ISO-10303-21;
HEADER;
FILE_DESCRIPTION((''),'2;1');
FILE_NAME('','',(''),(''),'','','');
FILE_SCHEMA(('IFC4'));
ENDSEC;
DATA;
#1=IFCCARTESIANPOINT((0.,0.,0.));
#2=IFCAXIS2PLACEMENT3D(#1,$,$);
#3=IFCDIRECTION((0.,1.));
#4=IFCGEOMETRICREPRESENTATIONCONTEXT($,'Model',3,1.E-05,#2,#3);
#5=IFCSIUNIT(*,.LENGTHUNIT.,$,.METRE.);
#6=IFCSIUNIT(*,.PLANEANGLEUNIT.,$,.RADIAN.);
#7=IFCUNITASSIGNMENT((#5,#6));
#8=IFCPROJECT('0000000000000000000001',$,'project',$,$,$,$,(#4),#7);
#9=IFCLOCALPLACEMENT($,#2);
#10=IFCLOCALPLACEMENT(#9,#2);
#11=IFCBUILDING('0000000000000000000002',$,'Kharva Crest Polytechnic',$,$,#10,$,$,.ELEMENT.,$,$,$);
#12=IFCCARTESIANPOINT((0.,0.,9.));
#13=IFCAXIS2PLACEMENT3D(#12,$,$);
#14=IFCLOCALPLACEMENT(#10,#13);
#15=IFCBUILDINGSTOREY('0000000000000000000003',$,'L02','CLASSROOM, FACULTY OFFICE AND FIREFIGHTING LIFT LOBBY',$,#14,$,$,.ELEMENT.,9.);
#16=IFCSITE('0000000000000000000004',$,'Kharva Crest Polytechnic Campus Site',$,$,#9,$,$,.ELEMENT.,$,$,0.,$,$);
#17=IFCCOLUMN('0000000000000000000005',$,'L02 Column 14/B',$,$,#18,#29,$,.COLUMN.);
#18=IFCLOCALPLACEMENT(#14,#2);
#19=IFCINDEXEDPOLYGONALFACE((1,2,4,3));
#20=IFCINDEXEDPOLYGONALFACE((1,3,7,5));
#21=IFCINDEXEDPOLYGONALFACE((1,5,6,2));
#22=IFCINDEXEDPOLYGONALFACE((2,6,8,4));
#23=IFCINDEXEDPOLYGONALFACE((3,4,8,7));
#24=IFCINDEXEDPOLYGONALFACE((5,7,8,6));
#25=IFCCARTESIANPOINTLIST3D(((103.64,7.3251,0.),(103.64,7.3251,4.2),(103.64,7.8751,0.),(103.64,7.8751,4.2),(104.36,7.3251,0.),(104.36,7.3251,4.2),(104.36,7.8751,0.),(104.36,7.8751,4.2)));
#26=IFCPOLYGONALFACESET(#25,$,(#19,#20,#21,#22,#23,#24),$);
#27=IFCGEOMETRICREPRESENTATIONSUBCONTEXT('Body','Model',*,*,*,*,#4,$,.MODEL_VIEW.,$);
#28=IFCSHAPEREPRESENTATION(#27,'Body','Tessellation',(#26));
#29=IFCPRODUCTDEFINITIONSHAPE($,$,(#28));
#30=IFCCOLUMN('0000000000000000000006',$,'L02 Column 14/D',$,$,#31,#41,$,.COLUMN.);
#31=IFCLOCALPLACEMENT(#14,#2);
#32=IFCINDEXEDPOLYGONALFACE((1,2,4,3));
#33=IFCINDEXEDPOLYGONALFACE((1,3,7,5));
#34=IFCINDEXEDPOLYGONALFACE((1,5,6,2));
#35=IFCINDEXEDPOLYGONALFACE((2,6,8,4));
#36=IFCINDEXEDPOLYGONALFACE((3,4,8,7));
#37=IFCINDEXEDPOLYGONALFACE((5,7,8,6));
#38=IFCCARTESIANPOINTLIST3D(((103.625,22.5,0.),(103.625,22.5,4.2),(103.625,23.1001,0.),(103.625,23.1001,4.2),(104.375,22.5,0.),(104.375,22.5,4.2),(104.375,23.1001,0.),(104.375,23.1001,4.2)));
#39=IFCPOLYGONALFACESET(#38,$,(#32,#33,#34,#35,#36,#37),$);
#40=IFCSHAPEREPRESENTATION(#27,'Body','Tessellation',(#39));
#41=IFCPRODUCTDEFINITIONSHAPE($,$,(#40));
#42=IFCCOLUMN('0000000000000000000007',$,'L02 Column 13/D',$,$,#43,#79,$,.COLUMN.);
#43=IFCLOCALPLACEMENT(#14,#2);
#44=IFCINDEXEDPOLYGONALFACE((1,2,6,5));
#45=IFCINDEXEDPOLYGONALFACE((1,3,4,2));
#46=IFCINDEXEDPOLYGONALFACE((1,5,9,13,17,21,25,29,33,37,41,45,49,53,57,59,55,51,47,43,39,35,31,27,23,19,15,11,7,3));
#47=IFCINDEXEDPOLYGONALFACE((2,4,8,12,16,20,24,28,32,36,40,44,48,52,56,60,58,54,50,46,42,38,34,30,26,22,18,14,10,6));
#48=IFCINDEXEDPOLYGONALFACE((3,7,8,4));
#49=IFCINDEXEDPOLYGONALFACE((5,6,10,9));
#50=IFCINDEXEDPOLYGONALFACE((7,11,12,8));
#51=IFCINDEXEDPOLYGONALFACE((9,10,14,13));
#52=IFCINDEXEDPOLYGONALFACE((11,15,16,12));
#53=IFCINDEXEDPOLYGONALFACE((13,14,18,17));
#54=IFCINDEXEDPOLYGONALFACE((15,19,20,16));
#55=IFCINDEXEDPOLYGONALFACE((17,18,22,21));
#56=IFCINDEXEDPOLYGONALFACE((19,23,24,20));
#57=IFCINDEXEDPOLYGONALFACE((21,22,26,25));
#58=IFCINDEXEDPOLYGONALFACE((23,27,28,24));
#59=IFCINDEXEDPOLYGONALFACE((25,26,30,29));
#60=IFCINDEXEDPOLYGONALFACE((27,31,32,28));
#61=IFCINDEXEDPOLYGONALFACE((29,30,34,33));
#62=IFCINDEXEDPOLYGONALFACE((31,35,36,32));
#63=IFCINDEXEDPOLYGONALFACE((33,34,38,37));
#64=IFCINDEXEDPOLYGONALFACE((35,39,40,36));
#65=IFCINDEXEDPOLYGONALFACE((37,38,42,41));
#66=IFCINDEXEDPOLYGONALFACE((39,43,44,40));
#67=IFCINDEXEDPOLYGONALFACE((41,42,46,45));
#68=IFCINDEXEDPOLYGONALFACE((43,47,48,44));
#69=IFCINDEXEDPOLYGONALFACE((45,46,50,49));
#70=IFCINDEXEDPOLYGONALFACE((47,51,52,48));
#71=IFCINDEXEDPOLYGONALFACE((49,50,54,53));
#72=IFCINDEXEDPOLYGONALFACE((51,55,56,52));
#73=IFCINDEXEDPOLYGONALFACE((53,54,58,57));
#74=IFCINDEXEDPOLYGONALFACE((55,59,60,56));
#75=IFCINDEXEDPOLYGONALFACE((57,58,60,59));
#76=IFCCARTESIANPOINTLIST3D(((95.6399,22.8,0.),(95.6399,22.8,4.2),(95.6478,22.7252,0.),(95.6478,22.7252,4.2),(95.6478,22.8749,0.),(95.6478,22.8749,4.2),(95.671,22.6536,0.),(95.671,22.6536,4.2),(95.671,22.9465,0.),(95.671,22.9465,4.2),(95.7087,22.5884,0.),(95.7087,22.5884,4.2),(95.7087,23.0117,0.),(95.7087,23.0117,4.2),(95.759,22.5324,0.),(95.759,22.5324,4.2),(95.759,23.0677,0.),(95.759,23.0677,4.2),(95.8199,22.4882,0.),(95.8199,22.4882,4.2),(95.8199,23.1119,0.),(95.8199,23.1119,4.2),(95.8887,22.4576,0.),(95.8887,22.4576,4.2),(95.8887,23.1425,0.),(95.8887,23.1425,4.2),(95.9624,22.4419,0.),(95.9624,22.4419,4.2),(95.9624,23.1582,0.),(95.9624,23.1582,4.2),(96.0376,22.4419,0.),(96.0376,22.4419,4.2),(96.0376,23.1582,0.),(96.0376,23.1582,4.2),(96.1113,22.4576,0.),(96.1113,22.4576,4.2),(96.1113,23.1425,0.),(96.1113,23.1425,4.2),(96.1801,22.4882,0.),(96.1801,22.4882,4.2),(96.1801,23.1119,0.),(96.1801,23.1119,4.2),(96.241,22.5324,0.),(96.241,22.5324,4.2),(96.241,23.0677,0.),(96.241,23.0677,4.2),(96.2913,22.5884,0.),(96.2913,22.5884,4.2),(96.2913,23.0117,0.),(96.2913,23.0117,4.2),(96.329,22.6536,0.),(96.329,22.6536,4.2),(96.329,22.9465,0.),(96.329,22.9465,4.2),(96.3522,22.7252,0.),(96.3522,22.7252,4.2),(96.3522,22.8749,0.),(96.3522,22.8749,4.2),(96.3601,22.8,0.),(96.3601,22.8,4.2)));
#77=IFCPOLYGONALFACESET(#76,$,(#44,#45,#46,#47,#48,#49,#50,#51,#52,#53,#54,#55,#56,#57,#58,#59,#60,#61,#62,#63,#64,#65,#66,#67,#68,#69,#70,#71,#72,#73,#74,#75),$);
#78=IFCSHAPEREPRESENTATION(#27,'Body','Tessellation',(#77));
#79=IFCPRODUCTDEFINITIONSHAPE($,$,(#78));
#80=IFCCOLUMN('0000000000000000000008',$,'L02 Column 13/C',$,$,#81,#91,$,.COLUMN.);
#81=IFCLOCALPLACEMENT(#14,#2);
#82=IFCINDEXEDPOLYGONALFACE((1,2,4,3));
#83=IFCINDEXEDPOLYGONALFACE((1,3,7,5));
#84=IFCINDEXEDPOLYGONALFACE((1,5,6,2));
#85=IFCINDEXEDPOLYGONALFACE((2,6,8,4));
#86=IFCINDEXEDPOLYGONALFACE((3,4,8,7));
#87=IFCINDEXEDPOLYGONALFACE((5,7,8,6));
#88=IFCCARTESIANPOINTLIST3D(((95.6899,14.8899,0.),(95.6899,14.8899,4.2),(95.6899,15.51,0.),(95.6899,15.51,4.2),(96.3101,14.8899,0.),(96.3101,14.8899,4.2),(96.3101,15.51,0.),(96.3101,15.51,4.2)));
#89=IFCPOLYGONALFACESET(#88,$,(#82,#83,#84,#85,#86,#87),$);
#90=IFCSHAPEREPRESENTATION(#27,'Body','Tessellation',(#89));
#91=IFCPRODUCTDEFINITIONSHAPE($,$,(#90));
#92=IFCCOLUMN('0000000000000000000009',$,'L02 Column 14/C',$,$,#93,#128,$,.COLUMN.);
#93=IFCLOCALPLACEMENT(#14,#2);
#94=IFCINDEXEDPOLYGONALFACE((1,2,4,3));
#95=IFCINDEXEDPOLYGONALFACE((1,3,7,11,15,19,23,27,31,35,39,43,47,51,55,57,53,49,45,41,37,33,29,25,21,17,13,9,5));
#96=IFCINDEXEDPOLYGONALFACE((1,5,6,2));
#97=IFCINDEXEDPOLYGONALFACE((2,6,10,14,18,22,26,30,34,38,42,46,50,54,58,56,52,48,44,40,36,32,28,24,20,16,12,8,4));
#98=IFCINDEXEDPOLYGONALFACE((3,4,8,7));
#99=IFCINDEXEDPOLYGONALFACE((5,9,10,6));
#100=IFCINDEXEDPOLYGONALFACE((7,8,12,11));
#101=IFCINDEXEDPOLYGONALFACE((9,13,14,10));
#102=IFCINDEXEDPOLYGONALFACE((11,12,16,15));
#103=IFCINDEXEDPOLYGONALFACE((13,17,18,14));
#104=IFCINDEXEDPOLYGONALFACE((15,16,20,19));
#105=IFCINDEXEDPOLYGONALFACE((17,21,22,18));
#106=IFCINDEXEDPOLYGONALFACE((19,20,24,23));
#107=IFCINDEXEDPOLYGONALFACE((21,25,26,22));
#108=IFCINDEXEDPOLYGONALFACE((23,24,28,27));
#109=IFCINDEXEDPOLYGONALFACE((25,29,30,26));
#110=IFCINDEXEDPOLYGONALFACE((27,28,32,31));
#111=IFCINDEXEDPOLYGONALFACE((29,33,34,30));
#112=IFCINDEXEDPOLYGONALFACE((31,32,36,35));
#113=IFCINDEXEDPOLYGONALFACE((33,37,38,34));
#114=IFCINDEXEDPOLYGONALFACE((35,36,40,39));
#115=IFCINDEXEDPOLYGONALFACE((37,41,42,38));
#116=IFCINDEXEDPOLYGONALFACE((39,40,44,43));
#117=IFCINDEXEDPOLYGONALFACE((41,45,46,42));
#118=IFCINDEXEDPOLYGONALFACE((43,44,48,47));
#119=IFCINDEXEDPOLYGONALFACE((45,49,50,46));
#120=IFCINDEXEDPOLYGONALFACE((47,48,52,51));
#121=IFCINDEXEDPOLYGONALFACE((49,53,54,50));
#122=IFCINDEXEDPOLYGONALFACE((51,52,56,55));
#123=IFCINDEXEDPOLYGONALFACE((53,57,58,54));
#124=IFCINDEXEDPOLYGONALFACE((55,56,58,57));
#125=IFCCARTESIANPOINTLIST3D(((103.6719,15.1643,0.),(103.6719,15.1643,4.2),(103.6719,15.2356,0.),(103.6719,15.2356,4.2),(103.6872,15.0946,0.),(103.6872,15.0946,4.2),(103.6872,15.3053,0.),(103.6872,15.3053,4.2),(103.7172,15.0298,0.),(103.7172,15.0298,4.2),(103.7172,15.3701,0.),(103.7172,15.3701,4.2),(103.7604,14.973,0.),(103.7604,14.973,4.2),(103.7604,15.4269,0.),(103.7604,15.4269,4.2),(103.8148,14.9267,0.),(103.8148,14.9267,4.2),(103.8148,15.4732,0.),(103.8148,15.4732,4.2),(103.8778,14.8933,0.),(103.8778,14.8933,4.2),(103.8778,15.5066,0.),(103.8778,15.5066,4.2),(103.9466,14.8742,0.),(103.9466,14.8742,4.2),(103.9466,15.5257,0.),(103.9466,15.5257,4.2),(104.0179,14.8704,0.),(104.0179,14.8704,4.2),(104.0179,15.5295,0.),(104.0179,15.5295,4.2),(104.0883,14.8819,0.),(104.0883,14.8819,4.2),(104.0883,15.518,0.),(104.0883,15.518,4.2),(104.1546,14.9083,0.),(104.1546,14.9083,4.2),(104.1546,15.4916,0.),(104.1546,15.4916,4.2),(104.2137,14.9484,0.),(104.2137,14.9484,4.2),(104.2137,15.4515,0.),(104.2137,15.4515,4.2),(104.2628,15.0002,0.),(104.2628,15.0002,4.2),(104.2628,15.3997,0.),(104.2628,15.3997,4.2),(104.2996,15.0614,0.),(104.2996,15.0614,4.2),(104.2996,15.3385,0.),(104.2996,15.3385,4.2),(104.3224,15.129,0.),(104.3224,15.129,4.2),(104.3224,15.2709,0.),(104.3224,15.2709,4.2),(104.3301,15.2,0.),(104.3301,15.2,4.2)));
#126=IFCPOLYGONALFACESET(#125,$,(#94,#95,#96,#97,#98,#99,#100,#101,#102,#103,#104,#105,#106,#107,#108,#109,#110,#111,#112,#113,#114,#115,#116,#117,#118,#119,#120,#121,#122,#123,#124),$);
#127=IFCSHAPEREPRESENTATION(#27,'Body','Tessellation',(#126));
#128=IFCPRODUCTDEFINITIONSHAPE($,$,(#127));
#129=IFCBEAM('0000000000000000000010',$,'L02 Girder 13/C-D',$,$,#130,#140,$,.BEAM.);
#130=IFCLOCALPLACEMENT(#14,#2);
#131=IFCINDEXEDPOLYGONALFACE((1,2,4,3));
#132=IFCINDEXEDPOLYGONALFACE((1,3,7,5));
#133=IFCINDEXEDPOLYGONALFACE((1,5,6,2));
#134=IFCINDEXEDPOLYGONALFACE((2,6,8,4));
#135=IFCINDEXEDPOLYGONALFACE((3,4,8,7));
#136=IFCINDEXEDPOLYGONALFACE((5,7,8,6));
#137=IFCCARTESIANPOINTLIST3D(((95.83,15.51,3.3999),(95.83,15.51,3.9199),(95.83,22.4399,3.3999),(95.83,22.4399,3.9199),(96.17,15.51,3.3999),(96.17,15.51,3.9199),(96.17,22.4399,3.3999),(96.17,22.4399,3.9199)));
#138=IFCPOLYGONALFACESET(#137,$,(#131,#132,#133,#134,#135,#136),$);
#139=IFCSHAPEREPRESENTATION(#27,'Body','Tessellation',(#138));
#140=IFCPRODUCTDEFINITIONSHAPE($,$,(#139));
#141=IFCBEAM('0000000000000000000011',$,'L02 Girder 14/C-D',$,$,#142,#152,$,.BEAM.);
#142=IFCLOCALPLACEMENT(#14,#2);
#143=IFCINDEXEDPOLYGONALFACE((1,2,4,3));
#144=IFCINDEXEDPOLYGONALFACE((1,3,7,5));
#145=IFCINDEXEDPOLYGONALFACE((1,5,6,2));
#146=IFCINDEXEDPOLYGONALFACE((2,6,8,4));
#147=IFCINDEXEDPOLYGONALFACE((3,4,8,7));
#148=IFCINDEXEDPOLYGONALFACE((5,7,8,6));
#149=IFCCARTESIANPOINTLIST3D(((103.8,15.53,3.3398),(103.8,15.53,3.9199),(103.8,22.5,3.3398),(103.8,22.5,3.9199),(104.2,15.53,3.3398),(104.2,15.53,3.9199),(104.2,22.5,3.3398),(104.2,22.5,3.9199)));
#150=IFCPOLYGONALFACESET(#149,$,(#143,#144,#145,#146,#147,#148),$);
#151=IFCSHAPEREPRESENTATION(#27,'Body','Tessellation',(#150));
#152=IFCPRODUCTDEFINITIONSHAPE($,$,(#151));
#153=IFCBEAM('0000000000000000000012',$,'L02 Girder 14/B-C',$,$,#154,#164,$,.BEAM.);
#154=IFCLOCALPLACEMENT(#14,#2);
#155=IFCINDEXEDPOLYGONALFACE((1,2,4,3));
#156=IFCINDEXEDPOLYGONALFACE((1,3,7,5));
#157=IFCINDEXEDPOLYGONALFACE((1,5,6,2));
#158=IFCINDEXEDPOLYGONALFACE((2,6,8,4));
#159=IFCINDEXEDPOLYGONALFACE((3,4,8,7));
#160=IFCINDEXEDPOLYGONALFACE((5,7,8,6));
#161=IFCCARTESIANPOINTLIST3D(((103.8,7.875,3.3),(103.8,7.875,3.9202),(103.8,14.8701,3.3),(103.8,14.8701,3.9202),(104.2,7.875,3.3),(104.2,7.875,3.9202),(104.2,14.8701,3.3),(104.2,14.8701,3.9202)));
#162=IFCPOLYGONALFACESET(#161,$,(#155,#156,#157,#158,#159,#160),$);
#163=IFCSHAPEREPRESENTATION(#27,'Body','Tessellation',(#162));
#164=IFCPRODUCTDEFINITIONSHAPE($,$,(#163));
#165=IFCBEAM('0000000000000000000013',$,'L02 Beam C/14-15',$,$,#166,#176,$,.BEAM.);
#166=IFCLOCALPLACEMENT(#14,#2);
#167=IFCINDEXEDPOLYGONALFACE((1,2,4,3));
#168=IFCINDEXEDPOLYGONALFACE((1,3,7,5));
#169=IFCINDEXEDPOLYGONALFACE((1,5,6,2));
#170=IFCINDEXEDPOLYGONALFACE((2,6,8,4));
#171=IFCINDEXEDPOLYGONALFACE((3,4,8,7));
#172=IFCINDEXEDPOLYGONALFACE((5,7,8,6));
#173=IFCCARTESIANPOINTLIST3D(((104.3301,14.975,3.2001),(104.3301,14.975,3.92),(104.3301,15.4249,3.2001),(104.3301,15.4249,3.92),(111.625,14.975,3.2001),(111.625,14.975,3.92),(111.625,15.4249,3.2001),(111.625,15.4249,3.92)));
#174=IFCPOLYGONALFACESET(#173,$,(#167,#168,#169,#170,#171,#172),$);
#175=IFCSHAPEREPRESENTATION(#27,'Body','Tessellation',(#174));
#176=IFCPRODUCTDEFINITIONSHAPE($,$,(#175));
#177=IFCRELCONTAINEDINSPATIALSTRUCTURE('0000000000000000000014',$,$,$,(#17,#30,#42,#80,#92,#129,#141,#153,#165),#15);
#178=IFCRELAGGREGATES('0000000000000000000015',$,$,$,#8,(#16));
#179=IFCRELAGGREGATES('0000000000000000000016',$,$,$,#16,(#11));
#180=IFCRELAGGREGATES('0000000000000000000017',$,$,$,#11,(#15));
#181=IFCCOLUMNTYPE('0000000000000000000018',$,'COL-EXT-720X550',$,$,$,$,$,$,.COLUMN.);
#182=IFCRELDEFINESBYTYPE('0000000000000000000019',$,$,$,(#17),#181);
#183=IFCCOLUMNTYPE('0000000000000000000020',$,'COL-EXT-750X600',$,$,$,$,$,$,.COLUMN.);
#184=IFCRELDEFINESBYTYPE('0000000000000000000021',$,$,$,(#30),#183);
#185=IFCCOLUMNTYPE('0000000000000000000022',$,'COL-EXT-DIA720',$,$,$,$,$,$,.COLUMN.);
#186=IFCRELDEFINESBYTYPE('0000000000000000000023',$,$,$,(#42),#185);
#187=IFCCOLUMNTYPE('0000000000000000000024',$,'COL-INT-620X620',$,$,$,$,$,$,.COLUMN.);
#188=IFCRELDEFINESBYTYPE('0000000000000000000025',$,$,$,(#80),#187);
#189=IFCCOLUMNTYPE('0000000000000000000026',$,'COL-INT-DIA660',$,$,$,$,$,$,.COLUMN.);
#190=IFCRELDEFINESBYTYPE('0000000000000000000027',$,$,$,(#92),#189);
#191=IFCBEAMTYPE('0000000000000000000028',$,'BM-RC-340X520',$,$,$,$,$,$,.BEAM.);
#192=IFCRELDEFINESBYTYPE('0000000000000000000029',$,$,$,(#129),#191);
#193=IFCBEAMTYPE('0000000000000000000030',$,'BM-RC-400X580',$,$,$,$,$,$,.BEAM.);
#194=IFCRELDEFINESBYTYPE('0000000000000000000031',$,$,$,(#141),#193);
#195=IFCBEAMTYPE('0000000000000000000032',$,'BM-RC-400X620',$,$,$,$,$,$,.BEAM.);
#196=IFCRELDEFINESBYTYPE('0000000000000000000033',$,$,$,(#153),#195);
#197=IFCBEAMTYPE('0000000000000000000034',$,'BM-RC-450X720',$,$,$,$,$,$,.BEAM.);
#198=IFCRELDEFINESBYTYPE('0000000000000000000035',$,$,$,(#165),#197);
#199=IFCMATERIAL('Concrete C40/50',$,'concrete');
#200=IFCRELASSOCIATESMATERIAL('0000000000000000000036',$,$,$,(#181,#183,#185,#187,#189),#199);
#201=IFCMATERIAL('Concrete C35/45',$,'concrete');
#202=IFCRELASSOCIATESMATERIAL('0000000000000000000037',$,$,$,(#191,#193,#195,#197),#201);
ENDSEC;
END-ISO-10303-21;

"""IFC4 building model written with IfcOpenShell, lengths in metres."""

from ifc_helpers import new_model, si_unit, direction, frame, origin, origin_2d, place, context, subcontext, project, spatial, rectangle, circle, extrude, material, material_profile, profile_set, type_object, element, save


model = new_model("IFC4")

# Units and contexts
model_context = context("Model", 3, precision=1e-05, world=origin(), true_north=direction((0.0, 1.0)))
body_context = subcontext(model_context, "Body", "Model", "MODEL_VIEW")
ifc_project = project(units=[si_unit("LENGTHUNIT", "METRE"), si_unit("PLANEANGLEUNIT", "RADIAN")], contexts=[model_context])

# Site, building, storey
site_placement = place(None, origin())
site = spatial("IfcSite", under=ifc_project, at=site_placement, Name="Kharva Crest Polytechnic Campus Site", CompositionType="ELEMENT", RefElevation=0.0)
building_placement = place(site_placement, origin())
building = spatial("IfcBuilding", under=site, at=building_placement, Name="Kharva Crest Polytechnic", CompositionType="ELEMENT")
storey_placement = place(building_placement, frame((0.0, 0.0, 9.0)))
storey = spatial("IfcBuildingStorey", under=building, at=storey_placement, Name="L02", Description="CLASSROOM, FACULTY OFFICE AND FIREFIGHTING LIFT LOBBY", CompositionType="ELEMENT", Elevation=9.0)

# Columns
ifc_material_1 = material(Name="Concrete C40/50", Category="concrete")
ifc_material_profile_1 = material_profile(ifc_material_1, rectangle(XDim=0.72, YDim=0.55, at=origin_2d()), Name="RECT 720 X 550")
ifc_profile_set_1 = profile_set([ifc_material_profile_1], Name="Concrete C40/50")
column_type_1 = type_object("IfcColumnType", Name="COL-EXT-720X550", PredefinedType="COLUMN", material=ifc_profile_set_1)
column_1_placement = place(storey_placement, frame((104.0, 7.6001, 0.0), z_axis=(0.0, 0.0, 1.0), x_axis=(1.0, 0.0, 0.0)))
element("IfcColumn", 1, at=column_1_placement, inside=storey, type_object=column_type_1, Name="L02 Column 14/B", PredefinedType="COLUMN", context=body_context, shape_type="SweptSolid", body=[
    extrude(rectangle(XDim=0.72, YDim=0.55, at=origin_2d()), origin(), (0.0, 0.0, 1.0), 4.2),
])
ifc_material_profile_2 = material_profile(ifc_material_1, rectangle(XDim=0.75, YDim=0.6001, at=origin_2d()), Name="RECT 750 X 600")
ifc_profile_set_2 = profile_set([ifc_material_profile_2], Name="Concrete C40/50")
column_type_2 = type_object("IfcColumnType", Name="COL-EXT-750X600", PredefinedType="COLUMN", material=ifc_profile_set_2)
column_2_placement = place(storey_placement, frame((104.0, 22.8, 0.0), z_axis=(0.0, 0.0, 1.0), x_axis=(1.0, 0.0, 0.0)))
element("IfcColumn", 2, at=column_2_placement, inside=storey, type_object=column_type_2, Name="L02 Column 14/D", PredefinedType="COLUMN", context=body_context, shape_type="SweptSolid", body=[
    extrude(rectangle(XDim=0.75, YDim=0.6001, at=origin_2d()), origin(), (0.0, 0.0, 1.0), 4.2),
])
ifc_material_profile_3 = material_profile(ifc_material_1, circle(Radius=0.3601, at=origin_2d()), Name="DIA 720")
ifc_profile_set_3 = profile_set([ifc_material_profile_3], Name="Concrete C40/50")
column_type_3 = type_object("IfcColumnType", Name="COL-EXT-DIA720", PredefinedType="COLUMN", material=ifc_profile_set_3)
column_3_placement = place(storey_placement, frame((96.0, 22.8, 0.0), z_axis=(0.0, 0.0, 1.0), x_axis=(1.0, 0.0, 0.0)))
element("IfcColumn", 3, at=column_3_placement, inside=storey, type_object=column_type_3, Name="L02 Column 13/D", PredefinedType="COLUMN", context=body_context, shape_type="SweptSolid", body=[
    extrude(circle(Radius=0.3601, at=origin_2d()), origin(), (0.0, 0.0, 1.0), 4.2),
])
ifc_material_profile_4 = material_profile(ifc_material_1, rectangle(XDim=0.6201, YDim=0.6201, at=origin_2d()), Name="RECT 620 X 620")
ifc_profile_set_4 = profile_set([ifc_material_profile_4], Name="Concrete C40/50")
column_type_4 = type_object("IfcColumnType", Name="COL-INT-620X620", PredefinedType="COLUMN", material=ifc_profile_set_4)
column_4_placement = place(storey_placement, frame((96.0, 15.2, 0.0), z_axis=(0.0, 0.0, 1.0), x_axis=(1.0, 0.0, 0.0)))
element("IfcColumn", 4, at=column_4_placement, inside=storey, type_object=column_type_4, Name="L02 Column 13/C", PredefinedType="COLUMN", context=body_context, shape_type="SweptSolid", body=[
    extrude(rectangle(XDim=0.6201, YDim=0.6201, at=origin_2d()), origin(), (0.0, 0.0, 1.0), 4.2),
])
ifc_material_profile_5 = material_profile(ifc_material_1, circle(Radius=0.3301, at=origin_2d()), Name="DIA 660")
ifc_profile_set_5 = profile_set([ifc_material_profile_5], Name="Concrete C40/50")
column_type_5 = type_object("IfcColumnType", Name="COL-INT-DIA660", PredefinedType="COLUMN", material=ifc_profile_set_5)
column_5_placement = place(storey_placement, frame((104.0, 15.2, 0.0), z_axis=(0.0, 0.0, 1.0), x_axis=(1.0, 0.0, 0.0)))
element("IfcColumn", 5, at=column_5_placement, inside=storey, type_object=column_type_5, Name="L02 Column 14/C", PredefinedType="COLUMN", context=body_context, shape_type="SweptSolid", body=[
    extrude(circle(Radius=0.3301, at=origin_2d()), origin(), (0.0, 0.0, 1.0), 4.2),
])

# Beams
ifc_material_2 = material(Name="Concrete C35/45", Category="concrete")
ifc_material_profile_6 = material_profile(ifc_material_2, rectangle(XDim=0.3401, YDim=0.52, at=origin_2d()), Name="RECT 340 X 520")
ifc_profile_set_6 = profile_set([ifc_material_profile_6], Name="Concrete C35/45")
beam_type_1 = type_object("IfcBeamType", Name="BM-RC-340X520", PredefinedType="BEAM", material=ifc_profile_set_6)
beam_1_placement = place(storey_placement, frame((96.0, 15.51, 3.6599), z_axis=(0.0, 1.0, 0.0), x_axis=(-1.0, 0.0, 0.0)))
element("IfcBeam", 6, at=beam_1_placement, inside=storey, type_object=beam_type_1, Name="L02 Girder 13/C-D", PredefinedType="BEAM", context=body_context, shape_type="SweptSolid", body=[
    extrude(rectangle(XDim=0.3401, YDim=0.52, at=origin_2d()), origin(), (0.0, 0.0, 1.0), 6.9299),
])
ifc_material_profile_7 = material_profile(ifc_material_2, rectangle(XDim=0.3999, YDim=0.5801, at=origin_2d()), Name="RECT 400 X 580")
ifc_profile_set_7 = profile_set([ifc_material_profile_7], Name="Concrete C35/45")
beam_type_2 = type_object("IfcBeamType", Name="BM-RC-400X580", PredefinedType="BEAM", material=ifc_profile_set_7)
beam_2_placement = place(storey_placement, frame((104.0, 15.53, 3.6299), z_axis=(0.0, 1.0, 0.0), x_axis=(-1.0, 0.0, 0.0)))
element("IfcBeam", 7, at=beam_2_placement, inside=storey, type_object=beam_type_2, Name="L02 Girder 14/C-D", PredefinedType="BEAM", context=body_context, shape_type="SweptSolid", body=[
    extrude(rectangle(XDim=0.3999, YDim=0.5801, at=origin_2d()), origin(), (0.0, 0.0, 1.0), 6.97),
])
ifc_material_profile_8 = material_profile(ifc_material_2, rectangle(XDim=0.3999, YDim=0.6201, at=origin_2d()), Name="RECT 400 X 620")
ifc_profile_set_8 = profile_set([ifc_material_profile_8], Name="Concrete C35/45")
beam_type_3 = type_object("IfcBeamType", Name="BM-RC-400X620", PredefinedType="BEAM", material=ifc_profile_set_8)
beam_3_placement = place(storey_placement, frame((104.0, 7.875, 3.6101), z_axis=(0.0, 1.0, 0.0), x_axis=(-1.0, 0.0, 0.0)))
element("IfcBeam", 8, at=beam_3_placement, inside=storey, type_object=beam_type_3, Name="L02 Girder 14/B-C", PredefinedType="BEAM", context=body_context, shape_type="SweptSolid", body=[
    extrude(rectangle(XDim=0.3999, YDim=0.6201, at=origin_2d()), origin(), (0.0, 0.0, 1.0), 6.9951),
])
ifc_material_profile_9 = material_profile(ifc_material_2, rectangle(XDim=0.45, YDim=0.72, at=origin_2d()), Name="RECT 450 X 720")
ifc_profile_set_9 = profile_set([ifc_material_profile_9], Name="Concrete C35/45")
beam_type_4 = type_object("IfcBeamType", Name="BM-RC-450X720", PredefinedType="BEAM", material=ifc_profile_set_9)
beam_4_placement = place(storey_placement, frame((104.3301, 15.2, 3.5601), z_axis=(1.0, 0.0, 0.0), x_axis=(0.0, 1.0, 0.0)))
element("IfcBeam", 9, at=beam_4_placement, inside=storey, type_object=beam_type_4, Name="L02 Beam C/14-15", PredefinedType="BEAM", context=body_context, shape_type="SweptSolid", body=[
    extrude(rectangle(XDim=0.45, YDim=0.72, at=origin_2d()), origin(), (0.0, 0.0, 1.0), 7.2949),
])

save(model, "model.ifc")
